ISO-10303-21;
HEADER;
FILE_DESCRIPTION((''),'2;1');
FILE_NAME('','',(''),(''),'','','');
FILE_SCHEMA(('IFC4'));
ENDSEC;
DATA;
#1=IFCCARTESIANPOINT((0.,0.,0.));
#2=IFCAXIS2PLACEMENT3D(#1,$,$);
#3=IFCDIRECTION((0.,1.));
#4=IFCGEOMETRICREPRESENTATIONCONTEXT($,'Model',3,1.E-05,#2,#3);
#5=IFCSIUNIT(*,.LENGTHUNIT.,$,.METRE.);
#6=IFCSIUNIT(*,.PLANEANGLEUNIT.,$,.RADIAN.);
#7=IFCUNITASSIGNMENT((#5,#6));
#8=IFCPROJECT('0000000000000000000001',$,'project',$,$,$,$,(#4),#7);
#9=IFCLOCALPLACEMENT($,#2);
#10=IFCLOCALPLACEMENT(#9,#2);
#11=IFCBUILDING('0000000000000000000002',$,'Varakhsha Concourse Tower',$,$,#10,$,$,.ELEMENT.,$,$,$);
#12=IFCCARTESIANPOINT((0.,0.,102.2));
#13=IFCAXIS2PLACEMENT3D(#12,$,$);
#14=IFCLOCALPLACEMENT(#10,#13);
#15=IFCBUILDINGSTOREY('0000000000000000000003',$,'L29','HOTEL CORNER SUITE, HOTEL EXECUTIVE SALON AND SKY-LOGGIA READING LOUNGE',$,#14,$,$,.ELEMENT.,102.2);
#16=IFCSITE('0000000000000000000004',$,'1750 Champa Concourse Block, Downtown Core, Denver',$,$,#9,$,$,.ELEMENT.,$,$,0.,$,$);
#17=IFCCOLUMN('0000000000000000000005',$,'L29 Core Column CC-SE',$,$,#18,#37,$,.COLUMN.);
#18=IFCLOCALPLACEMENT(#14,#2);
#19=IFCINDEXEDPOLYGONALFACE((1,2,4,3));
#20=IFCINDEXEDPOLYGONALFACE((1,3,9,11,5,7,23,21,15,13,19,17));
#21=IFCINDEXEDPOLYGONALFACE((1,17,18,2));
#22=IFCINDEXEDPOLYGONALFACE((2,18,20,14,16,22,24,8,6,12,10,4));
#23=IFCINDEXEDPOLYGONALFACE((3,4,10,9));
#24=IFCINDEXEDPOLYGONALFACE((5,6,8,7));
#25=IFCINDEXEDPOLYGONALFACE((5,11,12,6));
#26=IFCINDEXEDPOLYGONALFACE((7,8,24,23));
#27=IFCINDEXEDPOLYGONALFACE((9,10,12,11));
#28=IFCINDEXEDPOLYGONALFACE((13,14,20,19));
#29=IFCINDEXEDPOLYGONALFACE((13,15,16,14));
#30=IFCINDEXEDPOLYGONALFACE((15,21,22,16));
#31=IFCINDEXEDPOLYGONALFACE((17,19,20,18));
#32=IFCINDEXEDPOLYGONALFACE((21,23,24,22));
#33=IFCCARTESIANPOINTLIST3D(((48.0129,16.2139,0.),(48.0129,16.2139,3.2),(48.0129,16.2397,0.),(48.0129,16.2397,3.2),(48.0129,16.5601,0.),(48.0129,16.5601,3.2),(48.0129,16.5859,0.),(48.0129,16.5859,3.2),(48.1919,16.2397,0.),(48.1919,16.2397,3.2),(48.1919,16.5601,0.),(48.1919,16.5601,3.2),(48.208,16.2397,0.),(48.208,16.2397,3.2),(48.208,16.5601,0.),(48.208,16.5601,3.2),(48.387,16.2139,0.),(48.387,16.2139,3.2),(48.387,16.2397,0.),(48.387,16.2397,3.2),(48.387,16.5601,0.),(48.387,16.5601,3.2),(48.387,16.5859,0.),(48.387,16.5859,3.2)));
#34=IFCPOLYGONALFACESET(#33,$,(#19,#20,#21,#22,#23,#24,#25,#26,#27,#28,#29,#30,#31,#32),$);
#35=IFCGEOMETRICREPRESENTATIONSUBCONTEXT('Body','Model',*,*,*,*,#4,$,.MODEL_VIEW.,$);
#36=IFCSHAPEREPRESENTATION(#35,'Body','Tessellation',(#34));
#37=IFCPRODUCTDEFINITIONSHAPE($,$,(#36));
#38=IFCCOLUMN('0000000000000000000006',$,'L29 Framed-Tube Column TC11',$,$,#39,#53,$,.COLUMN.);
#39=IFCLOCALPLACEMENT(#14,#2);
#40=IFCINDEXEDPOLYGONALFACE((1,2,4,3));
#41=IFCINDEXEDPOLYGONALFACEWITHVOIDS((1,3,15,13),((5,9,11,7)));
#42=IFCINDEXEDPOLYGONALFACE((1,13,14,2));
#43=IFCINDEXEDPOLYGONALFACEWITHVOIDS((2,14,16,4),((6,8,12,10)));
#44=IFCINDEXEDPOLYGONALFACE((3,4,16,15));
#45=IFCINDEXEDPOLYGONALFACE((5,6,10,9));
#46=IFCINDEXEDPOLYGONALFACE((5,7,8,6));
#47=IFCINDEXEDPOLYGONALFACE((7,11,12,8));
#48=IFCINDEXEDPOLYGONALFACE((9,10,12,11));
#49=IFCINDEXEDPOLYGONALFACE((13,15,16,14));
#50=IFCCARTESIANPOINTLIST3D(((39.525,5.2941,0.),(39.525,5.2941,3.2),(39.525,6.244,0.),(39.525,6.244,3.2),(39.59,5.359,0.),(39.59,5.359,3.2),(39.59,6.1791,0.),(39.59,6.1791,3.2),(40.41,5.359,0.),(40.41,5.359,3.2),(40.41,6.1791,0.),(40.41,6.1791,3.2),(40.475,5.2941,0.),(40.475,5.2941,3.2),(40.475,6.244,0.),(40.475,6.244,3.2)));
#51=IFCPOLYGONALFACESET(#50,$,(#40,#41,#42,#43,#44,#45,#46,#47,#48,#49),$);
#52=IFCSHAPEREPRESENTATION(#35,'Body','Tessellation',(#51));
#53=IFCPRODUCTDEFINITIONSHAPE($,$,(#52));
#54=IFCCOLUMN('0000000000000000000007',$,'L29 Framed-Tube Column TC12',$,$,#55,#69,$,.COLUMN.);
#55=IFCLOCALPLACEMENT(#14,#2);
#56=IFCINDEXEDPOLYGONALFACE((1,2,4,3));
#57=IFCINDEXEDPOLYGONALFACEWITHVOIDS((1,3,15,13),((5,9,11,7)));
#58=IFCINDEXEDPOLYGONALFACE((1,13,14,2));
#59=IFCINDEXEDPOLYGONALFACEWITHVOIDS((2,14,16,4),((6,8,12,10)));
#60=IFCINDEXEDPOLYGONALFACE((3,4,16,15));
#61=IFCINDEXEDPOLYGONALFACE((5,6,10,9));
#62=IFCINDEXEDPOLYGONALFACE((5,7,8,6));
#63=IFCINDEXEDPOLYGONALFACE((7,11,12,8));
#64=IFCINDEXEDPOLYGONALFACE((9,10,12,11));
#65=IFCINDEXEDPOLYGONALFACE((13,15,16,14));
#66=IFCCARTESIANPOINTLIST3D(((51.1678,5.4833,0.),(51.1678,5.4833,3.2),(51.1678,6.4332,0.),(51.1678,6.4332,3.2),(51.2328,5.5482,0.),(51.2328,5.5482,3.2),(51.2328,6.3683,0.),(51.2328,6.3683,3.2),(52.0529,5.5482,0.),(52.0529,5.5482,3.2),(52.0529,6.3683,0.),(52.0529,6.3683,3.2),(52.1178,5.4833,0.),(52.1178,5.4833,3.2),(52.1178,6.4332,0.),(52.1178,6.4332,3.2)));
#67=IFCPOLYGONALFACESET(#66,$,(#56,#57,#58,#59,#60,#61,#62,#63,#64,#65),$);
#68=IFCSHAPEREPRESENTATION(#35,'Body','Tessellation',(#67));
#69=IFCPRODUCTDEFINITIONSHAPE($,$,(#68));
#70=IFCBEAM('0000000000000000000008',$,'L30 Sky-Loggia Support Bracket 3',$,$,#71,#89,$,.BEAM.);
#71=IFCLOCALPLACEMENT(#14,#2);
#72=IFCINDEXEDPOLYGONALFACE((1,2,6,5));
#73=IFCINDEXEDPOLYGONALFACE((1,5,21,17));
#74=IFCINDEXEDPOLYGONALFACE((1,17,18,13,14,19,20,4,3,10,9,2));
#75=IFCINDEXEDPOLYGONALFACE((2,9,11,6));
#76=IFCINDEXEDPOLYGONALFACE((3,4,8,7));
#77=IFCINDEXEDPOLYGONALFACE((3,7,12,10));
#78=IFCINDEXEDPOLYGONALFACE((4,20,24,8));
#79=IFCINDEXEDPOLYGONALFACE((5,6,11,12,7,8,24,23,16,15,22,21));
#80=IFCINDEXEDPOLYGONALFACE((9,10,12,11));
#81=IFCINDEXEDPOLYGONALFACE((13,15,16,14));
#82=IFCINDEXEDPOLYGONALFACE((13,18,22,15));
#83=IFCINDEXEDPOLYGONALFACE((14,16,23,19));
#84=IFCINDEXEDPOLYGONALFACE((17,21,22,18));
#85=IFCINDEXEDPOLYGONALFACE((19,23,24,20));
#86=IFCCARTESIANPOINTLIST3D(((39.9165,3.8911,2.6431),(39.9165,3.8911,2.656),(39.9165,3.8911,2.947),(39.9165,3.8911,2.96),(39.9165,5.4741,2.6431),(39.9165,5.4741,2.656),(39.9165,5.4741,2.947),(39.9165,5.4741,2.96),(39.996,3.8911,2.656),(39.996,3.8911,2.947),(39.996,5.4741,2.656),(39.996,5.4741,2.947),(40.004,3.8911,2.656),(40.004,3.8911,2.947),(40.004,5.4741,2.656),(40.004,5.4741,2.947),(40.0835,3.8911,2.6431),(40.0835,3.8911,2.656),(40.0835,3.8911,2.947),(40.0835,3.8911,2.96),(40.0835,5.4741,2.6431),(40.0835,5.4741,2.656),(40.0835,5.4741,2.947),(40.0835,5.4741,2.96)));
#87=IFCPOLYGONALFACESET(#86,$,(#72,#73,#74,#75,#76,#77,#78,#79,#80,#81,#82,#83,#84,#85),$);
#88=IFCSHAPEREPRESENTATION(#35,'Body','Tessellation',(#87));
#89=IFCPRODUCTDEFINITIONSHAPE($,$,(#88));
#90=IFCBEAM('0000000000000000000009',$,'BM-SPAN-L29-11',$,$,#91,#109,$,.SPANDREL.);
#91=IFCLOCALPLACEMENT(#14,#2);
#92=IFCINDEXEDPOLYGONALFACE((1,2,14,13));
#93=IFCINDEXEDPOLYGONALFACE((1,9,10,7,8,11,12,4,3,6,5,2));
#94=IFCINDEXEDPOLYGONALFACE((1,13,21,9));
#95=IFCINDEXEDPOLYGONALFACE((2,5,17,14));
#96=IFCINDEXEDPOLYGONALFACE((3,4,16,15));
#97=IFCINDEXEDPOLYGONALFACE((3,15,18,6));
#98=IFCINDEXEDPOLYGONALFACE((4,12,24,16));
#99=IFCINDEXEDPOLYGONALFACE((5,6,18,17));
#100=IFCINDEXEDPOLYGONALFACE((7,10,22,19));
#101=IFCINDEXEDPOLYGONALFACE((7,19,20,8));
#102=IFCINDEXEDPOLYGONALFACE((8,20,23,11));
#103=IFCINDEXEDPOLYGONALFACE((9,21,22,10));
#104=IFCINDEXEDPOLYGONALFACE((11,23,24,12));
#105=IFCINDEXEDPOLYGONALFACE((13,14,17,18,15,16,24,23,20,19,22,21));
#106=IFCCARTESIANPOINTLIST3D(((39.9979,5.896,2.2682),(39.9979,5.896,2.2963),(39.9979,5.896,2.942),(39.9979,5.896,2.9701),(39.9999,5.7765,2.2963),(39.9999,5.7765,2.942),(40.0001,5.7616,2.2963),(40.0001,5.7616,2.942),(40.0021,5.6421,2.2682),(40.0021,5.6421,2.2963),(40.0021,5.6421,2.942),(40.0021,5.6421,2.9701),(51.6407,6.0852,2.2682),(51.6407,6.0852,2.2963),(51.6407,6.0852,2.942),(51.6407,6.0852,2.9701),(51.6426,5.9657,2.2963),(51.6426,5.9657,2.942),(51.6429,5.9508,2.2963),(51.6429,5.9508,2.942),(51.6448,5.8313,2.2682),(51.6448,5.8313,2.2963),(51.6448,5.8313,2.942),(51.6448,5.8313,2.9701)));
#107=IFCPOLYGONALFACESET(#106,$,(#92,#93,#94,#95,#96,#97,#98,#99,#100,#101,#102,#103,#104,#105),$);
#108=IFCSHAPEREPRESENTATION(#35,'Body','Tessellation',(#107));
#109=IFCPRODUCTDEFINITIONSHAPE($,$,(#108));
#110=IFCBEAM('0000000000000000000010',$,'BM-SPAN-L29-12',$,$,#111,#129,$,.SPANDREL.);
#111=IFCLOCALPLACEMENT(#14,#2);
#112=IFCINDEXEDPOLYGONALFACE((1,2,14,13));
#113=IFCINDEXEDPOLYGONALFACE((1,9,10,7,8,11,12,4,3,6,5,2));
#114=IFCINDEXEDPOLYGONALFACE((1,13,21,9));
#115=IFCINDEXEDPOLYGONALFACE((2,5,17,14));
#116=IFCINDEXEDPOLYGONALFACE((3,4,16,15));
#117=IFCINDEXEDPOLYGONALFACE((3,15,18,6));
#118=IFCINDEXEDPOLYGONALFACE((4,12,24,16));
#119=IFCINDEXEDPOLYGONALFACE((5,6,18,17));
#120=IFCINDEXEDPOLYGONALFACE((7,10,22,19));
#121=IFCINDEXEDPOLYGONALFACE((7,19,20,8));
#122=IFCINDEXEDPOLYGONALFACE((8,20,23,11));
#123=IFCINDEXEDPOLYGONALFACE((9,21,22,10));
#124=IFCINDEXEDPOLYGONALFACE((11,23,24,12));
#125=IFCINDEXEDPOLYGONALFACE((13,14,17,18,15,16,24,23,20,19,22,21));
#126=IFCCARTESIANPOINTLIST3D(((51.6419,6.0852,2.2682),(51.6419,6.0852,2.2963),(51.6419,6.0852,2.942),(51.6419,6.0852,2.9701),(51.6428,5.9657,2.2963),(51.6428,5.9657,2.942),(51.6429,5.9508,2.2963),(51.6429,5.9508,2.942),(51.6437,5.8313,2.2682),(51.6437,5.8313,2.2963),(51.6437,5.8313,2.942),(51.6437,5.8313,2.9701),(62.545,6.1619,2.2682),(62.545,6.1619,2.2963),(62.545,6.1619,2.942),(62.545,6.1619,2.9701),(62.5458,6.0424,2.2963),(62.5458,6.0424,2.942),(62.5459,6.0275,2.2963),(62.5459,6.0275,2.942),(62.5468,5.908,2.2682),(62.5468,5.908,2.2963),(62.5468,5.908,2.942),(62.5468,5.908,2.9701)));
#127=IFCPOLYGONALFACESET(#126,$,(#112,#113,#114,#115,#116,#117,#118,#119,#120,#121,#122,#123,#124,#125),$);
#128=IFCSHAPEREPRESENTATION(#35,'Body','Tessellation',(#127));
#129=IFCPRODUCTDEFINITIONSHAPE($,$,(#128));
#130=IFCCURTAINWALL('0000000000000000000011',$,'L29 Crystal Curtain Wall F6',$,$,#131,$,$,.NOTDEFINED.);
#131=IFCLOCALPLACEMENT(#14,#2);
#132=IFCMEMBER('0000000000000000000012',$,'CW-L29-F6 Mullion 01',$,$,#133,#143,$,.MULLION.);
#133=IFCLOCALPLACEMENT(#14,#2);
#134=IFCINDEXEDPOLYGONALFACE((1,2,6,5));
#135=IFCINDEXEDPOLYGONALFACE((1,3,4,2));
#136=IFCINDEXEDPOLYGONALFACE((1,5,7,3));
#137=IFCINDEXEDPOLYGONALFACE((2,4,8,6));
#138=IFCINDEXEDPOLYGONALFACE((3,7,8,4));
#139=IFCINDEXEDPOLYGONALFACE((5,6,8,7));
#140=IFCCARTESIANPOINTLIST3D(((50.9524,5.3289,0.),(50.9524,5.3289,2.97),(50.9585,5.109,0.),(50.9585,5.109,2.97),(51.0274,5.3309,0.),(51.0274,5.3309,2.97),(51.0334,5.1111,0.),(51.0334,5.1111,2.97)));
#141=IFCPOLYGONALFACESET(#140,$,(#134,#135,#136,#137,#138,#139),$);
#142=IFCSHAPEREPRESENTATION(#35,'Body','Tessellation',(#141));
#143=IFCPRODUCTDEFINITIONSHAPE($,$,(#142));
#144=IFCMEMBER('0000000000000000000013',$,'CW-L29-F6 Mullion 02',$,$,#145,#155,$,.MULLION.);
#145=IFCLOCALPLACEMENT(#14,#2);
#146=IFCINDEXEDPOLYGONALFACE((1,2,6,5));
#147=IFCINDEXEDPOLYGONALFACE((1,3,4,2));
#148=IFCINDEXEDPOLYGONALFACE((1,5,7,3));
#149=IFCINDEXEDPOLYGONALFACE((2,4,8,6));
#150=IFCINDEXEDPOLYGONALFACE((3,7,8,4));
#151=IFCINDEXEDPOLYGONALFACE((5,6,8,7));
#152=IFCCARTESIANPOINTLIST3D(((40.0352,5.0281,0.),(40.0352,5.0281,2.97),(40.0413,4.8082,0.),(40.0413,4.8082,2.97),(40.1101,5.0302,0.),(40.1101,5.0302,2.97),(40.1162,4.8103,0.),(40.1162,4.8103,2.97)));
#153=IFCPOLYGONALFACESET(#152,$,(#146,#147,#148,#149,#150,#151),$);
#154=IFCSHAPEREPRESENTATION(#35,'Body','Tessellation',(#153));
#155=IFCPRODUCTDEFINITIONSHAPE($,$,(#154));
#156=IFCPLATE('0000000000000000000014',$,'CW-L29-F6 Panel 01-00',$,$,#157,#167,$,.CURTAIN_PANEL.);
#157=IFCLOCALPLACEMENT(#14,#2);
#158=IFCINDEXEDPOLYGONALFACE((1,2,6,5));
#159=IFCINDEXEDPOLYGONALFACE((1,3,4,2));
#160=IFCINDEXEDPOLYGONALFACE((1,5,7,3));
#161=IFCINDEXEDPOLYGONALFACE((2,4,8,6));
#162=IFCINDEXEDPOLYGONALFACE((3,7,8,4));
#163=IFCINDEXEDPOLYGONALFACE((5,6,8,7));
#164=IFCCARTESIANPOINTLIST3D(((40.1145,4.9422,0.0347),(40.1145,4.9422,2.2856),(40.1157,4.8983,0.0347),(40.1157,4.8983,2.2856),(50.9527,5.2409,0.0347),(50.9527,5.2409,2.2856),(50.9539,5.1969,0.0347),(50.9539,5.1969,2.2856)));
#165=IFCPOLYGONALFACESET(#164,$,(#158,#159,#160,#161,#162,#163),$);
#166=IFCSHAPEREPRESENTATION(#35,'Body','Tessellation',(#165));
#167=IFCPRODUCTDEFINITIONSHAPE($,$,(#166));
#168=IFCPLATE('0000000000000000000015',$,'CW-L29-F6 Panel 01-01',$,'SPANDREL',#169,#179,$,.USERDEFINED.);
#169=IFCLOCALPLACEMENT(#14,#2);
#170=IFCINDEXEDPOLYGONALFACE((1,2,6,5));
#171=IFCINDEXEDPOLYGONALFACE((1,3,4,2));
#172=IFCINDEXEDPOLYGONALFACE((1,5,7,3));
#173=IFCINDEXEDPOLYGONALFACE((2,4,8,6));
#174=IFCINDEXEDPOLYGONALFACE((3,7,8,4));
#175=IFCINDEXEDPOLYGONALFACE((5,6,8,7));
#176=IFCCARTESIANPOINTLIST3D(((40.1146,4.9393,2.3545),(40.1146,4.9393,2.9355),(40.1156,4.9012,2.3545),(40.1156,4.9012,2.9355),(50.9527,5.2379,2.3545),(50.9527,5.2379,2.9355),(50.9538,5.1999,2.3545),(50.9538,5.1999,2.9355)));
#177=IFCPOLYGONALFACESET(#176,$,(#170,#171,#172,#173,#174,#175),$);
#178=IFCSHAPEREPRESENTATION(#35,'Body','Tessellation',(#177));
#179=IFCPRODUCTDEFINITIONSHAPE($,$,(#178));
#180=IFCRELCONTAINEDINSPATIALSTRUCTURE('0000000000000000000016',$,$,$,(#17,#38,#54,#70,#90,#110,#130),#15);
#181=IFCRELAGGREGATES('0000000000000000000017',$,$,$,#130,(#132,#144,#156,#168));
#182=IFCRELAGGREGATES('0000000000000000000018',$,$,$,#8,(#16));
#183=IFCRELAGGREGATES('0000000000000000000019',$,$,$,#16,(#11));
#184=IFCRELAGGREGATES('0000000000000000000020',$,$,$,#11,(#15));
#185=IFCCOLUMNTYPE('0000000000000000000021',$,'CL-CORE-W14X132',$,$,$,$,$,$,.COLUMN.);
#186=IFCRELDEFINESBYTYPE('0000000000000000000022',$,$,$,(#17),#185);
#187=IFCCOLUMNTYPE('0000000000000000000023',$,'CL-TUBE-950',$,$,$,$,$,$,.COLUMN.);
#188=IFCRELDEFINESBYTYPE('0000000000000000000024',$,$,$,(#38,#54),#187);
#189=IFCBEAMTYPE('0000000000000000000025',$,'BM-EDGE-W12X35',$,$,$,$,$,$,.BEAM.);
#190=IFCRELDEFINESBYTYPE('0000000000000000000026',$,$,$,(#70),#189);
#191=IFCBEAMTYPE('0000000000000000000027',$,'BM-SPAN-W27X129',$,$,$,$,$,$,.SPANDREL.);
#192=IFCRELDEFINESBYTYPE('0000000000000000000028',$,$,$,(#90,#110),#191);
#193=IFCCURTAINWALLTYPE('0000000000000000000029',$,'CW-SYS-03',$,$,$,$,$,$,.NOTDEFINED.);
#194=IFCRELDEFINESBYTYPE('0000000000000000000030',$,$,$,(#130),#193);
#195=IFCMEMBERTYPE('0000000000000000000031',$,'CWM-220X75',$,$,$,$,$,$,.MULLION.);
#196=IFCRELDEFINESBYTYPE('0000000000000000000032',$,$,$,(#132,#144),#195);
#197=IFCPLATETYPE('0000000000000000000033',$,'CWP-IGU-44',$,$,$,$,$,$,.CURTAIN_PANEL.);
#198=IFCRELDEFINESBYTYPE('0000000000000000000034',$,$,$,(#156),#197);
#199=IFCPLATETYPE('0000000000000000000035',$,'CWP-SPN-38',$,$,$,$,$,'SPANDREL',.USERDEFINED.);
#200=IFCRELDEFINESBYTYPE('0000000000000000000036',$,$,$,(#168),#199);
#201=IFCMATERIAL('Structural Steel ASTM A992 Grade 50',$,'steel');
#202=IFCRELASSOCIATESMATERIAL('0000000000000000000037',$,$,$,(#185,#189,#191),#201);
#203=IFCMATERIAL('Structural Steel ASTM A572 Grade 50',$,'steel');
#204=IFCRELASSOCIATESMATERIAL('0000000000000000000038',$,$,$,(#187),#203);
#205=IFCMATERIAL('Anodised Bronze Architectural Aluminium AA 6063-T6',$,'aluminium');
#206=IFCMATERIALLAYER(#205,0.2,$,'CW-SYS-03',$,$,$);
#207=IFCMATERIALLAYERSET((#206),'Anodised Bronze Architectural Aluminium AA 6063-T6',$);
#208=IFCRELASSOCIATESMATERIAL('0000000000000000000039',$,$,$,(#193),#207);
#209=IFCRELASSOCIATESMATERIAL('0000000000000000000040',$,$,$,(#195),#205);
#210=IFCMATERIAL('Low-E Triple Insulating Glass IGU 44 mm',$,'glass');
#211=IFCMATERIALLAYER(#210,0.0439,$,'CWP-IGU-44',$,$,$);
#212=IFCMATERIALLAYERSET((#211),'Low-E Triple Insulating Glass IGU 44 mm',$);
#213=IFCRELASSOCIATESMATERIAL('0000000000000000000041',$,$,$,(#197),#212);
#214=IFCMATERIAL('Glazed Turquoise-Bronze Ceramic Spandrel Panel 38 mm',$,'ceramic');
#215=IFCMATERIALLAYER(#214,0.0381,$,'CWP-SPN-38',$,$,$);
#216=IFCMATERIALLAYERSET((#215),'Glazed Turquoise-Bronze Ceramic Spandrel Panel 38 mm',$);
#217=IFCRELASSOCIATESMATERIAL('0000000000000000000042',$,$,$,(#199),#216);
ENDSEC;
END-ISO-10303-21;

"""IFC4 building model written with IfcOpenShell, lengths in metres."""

from ifc_helpers import new_model, si_unit, direction, frame, origin, origin_2d, place, context, subcontext, project, spatial, rectangle, hollow_rectangle, i_section, extrude, source, transform, mapped, material, layer, layer_set, material_profile, profile_set, type_object, type_shapes, element, aggregate, save


model = new_model("IFC4")

# Units and contexts
model_context = context("Model", 3, precision=1e-05, world=origin(), true_north=direction((0.0, 1.0)))
body_context = subcontext(model_context, "Body", "Model", "MODEL_VIEW")
ifc_project = project(units=[si_unit("LENGTHUNIT", "METRE"), si_unit("PLANEANGLEUNIT", "RADIAN")], contexts=[model_context])

# Site, building, storey
site_placement = place(None, origin())
site = spatial("IfcSite", under=ifc_project, at=site_placement, Name="1750 Champa Concourse Block, Downtown Core, Denver", CompositionType="ELEMENT", RefElevation=0.0)
building_placement = place(site_placement, origin())
building = spatial("IfcBuilding", under=site, at=building_placement, Name="Varakhsha Concourse Tower", CompositionType="ELEMENT")
storey_placement = place(building_placement, frame((0.0, 0.0, 102.2)))
storey = spatial("IfcBuildingStorey", under=building, at=storey_placement, Name="L29", Description="HOTEL CORNER SUITE, HOTEL EXECUTIVE SALON AND SKY-LOGGIA READING LOUNGE", CompositionType="ELEMENT", Elevation=102.2)

# Columns
ifc_material_1 = material(Name="Structural Steel ASTM A992 Grade 50", Category="steel")
ifc_material_profile_1 = material_profile(ifc_material_1, i_section(OverallWidth=0.374, OverallDepth=0.3721, WebThickness=0.0161, FlangeThickness=0.0259, at=origin_2d()), Name="W14X132")
ifc_profile_set_1 = profile_set([ifc_material_profile_1], Name="Structural Steel ASTM A992 Grade 50")
column_type_1 = type_object("IfcColumnType", Name="CL-CORE-W14X132", PredefinedType="COLUMN", material=ifc_profile_set_1)
column_placement = place(storey_placement, frame((48.2, 16.3999, 0.0), z_axis=(0.0, 0.0, 1.0), x_axis=(1.0, 0.0, 0.0)))
element("IfcColumn", 1, at=column_placement, inside=storey, type_object=column_type_1, Name="L29 Core Column CC-SE", PredefinedType="COLUMN", context=body_context, shape_type="SweptSolid", body=[
    extrude(i_section(OverallWidth=0.374, OverallDepth=0.3721, WebThickness=0.0161, FlangeThickness=0.0259, at=origin_2d()), origin(), (0.0, 0.0, 1.0), 3.2),
])
ifc_material_2 = material(Name="Structural Steel ASTM A572 Grade 50", Category="steel")
ifc_material_profile_2 = material_profile(ifc_material_2, hollow_rectangle(XDim=0.95, YDim=0.95, WallThickness=0.0649, at=origin_2d()), Name="BOX 950x950x65")
ifc_profile_set_2 = profile_set([ifc_material_profile_2], Name="Structural Steel ASTM A572 Grade 50")
column_type_2 = type_object("IfcColumnType", Name="CL-TUBE-950", PredefinedType="COLUMN", material=ifc_profile_set_2)
for number, where, z_axis, x_axis, name in (
    (2, (40.0, 5.769, 0.0), (0.0, 0.0, 1.0), (1.0, 0.0, 0.0), "L29 Framed-Tube Column TC11"),
    (3, (51.6428, 5.9583, 0.0), (0.0, 0.0, 1.0), (1.0, 0.0, 0.0), "L29 Framed-Tube Column TC12"),
):
    element("IfcColumn", number, at=place(storey_placement, frame(where, z_axis=z_axis, x_axis=x_axis)), inside=storey, type_object=column_type_2, Name=name, PredefinedType="COLUMN", context=body_context, shape_type="SweptSolid", body=[
        extrude(hollow_rectangle(XDim=0.95, YDim=0.95, WallThickness=0.0649, at=origin_2d()), origin(), (0.0, 0.0, 1.0), 3.2),
    ])

# Beams
ifc_material_profile_3 = material_profile(ifc_material_1, i_section(OverallWidth=0.167, OverallDepth=0.3169, WebThickness=0.0081, FlangeThickness=0.0129, at=origin_2d()), Name="W12X35")
ifc_profile_set_3 = profile_set([ifc_material_profile_3], Name="Structural Steel ASTM A992 Grade 50")
beam_type_1 = type_object("IfcBeamType", Name="BM-EDGE-W12X35", PredefinedType="BEAM", material=ifc_profile_set_3)
beam_1_placement = place(storey_placement, frame((40.0, 5.4741, 2.8015), z_axis=(0.0, -1.0, 0.0), x_axis=(1.0, 0.0, 0.0)))
element("IfcBeam", 4, at=beam_1_placement, inside=storey, type_object=beam_type_1, Name="L30 Sky-Loggia Support Bracket 3", PredefinedType="BEAM", context=body_context, shape_type="SweptSolid", body=[
    extrude(i_section(OverallWidth=0.167, OverallDepth=0.3169, WebThickness=0.0081, FlangeThickness=0.0129, at=origin_2d()), origin(), (0.0, 0.0, 1.0), 1.583),
])
ifc_material_profile_4 = material_profile(ifc_material_1, i_section(OverallWidth=0.2539, OverallDepth=0.7019, WebThickness=0.0149, FlangeThickness=0.0281, at=origin_2d()), Name="W27X129")
ifc_profile_set_4 = profile_set([ifc_material_profile_4], Name="Structural Steel ASTM A992 Grade 50")
beam_type_2 = type_object("IfcBeamType", Name="BM-SPAN-W27X129", PredefinedType="SPANDREL", material=ifc_profile_set_4)
beam_2_placement = place(storey_placement, frame((40.0, 5.769, 2.6191), z_axis=(0.999868, 0.016249, 0.0), x_axis=(-0.016249, 0.999868, 0.0)))
element("IfcBeam", 5, at=beam_2_placement, inside=storey, type_object=beam_type_2, Name="BM-SPAN-L29-11", PredefinedType="SPANDREL", context=body_context, shape_type="SweptSolid", body=[
    extrude(i_section(OverallWidth=0.2539, OverallDepth=0.7019, WebThickness=0.0149, FlangeThickness=0.0281, at=origin_2d()), origin(), (0.0, 0.0, 1.0), 11.6443),
])
beam_3_placement = place(storey_placement, frame((51.6428, 5.9583, 2.6191), z_axis=(0.999975, 0.007031, 0.0), x_axis=(-0.007031, 0.999975, 0.0)))
element("IfcBeam", 6, at=beam_3_placement, inside=storey, type_object=beam_type_2, Name="BM-SPAN-L29-12", PredefinedType="SPANDREL", context=body_context, shape_type="SweptSolid", body=[
    extrude(i_section(OverallWidth=0.2539, OverallDepth=0.7019, WebThickness=0.0149, FlangeThickness=0.0281, at=origin_2d()), origin(), (0.0, 0.0, 1.0), 10.9033),
])

# Curtain wall, members, plates
ifc_material_3 = material(Name="Anodised Bronze Architectural Aluminium AA 6063-T6", Category="aluminium")
ifc_layer_1 = layer(ifc_material_3, 0.2, Name="CW-SYS-03")
ifc_layer_set_1 = layer_set([ifc_layer_1], Name="Anodised Bronze Architectural Aluminium AA 6063-T6")
curtain_wall_type = type_object("IfcCurtainWallType", Name="CW-SYS-03", PredefinedType="NOTDEFINED", material=ifc_layer_set_1)
curtain_wall_placement = place(storey_placement, origin())
curtain_wall = element("IfcCurtainWall", 7, at=curtain_wall_placement, inside=storey, type_object=curtain_wall_type, Name="L29 Crystal Curtain Wall F6", PredefinedType="NOTDEFINED")
ifc_material_profile_5 = material_profile(ifc_material_3, rectangle(XDim=0.075, YDim=0.22, at=origin_2d()), Name="CWM-220X75")
ifc_profile_set_5 = profile_set([ifc_material_profile_5], Name="Anodised Bronze Architectural Aluminium AA 6063-T6")
member_type = type_object("IfcMemberType", Name="CWM-220X75", PredefinedType="MULLION", material=ifc_profile_set_5)
shared_shape_1 = source(origin(), body_context, "Body", "SweptSolid", [
    extrude(rectangle(XDim=0.075, YDim=0.22, at=origin_2d()), origin(), (0.0, 0.0, 1.0), 2.97),
])
type_shapes(member_type, [shared_shape_1])
member_1_placement = place(storey_placement, frame((50.9929, 5.22, 0.0), z_axis=(0.0, 0.0, 1.0), x_axis=(-0.999621, -0.027547, 0.0)))
member_1 = element("IfcMember", 8, at=member_1_placement, type_object=member_type, Name="CW-L29-F6 Mullion 01", PredefinedType="MULLION", context=body_context, shape_type="MappedRepresentation", body=[
    mapped(shared_shape_1, transform((0.0, 0.0, 0.0), scale=1.0)),
])
member_2_placement = place(storey_placement, frame((40.0757, 4.9192, 0.0), z_axis=(0.0, 0.0, 1.0), x_axis=(-0.999621, -0.027547, 0.0)))
member_2 = element("IfcMember", 9, at=member_2_placement, type_object=member_type, Name="CW-L29-F6 Mullion 02", PredefinedType="MULLION", context=body_context, shape_type="MappedRepresentation", body=[
    mapped(shared_shape_1, transform((0.0, 0.0, 0.0), scale=1.0)),
])
ifc_material_4 = material(Name="Low-E Triple Insulating Glass IGU 44 mm", Category="glass")
ifc_layer_2 = layer(ifc_material_4, 0.0439, Name="CWP-IGU-44")
ifc_layer_set_2 = layer_set([ifc_layer_2], Name="Low-E Triple Insulating Glass IGU 44 mm")
plate_type_1 = type_object("IfcPlateType", Name="CWP-IGU-44", PredefinedType="CURTAIN_PANEL", material=ifc_layer_set_2)
shared_shape_2 = source(origin(), body_context, "Body", "SweptSolid", [
    extrude(rectangle(XDim=10.8423, YDim=0.0439, at=origin_2d()), origin(), (0.0, 0.0, 1.0), 2.251),
])
type_shapes(plate_type_1, [shared_shape_2])
plate_1_placement = place(storey_placement, frame((45.5342, 5.0696, 0.0347), z_axis=(0.0, 0.0, 1.0), x_axis=(-0.999621, -0.027547, 0.0)))
plate_1 = element("IfcPlate", 10, at=plate_1_placement, type_object=plate_type_1, Name="CW-L29-F6 Panel 01-00", PredefinedType="CURTAIN_PANEL", context=body_context, shape_type="MappedRepresentation", body=[
    mapped(shared_shape_2, transform((0.0, 0.0, 0.0), scale=1.0)),
])
ifc_material_5 = material(Name="Glazed Turquoise-Bronze Ceramic Spandrel Panel 38 mm", Category="ceramic")
ifc_layer_3 = layer(ifc_material_5, 0.0381, Name="CWP-SPN-38")
ifc_layer_set_3 = layer_set([ifc_layer_3], Name="Glazed Turquoise-Bronze Ceramic Spandrel Panel 38 mm")
plate_type_2 = type_object("IfcPlateType", Name="CWP-SPN-38", ElementType="SPANDREL", PredefinedType="USERDEFINED", material=ifc_layer_set_3)
shared_shape_3 = source(origin(), body_context, "Body", "SweptSolid", [
    extrude(rectangle(XDim=10.8423, YDim=0.0381, at=origin_2d()), origin(), (0.0, 0.0, 1.0), 0.5811),
])
type_shapes(plate_type_2, [shared_shape_3])
plate_2_placement = place(storey_placement, frame((45.5342, 5.0696, 2.3545), z_axis=(0.0, 0.0, 1.0), x_axis=(-0.999621, -0.027547, 0.0)))
plate_2 = element("IfcPlate", 11, at=plate_2_placement, type_object=plate_type_2, Name="CW-L29-F6 Panel 01-01", ObjectType="SPANDREL", PredefinedType="USERDEFINED", context=body_context, shape_type="MappedRepresentation", body=[
    mapped(shared_shape_3, transform((0.0, 0.0, 0.0), scale=1.0)),
])
aggregate(curtain_wall, [member_1, member_2, plate_1, plate_2])

save(model, "model.ifc")
